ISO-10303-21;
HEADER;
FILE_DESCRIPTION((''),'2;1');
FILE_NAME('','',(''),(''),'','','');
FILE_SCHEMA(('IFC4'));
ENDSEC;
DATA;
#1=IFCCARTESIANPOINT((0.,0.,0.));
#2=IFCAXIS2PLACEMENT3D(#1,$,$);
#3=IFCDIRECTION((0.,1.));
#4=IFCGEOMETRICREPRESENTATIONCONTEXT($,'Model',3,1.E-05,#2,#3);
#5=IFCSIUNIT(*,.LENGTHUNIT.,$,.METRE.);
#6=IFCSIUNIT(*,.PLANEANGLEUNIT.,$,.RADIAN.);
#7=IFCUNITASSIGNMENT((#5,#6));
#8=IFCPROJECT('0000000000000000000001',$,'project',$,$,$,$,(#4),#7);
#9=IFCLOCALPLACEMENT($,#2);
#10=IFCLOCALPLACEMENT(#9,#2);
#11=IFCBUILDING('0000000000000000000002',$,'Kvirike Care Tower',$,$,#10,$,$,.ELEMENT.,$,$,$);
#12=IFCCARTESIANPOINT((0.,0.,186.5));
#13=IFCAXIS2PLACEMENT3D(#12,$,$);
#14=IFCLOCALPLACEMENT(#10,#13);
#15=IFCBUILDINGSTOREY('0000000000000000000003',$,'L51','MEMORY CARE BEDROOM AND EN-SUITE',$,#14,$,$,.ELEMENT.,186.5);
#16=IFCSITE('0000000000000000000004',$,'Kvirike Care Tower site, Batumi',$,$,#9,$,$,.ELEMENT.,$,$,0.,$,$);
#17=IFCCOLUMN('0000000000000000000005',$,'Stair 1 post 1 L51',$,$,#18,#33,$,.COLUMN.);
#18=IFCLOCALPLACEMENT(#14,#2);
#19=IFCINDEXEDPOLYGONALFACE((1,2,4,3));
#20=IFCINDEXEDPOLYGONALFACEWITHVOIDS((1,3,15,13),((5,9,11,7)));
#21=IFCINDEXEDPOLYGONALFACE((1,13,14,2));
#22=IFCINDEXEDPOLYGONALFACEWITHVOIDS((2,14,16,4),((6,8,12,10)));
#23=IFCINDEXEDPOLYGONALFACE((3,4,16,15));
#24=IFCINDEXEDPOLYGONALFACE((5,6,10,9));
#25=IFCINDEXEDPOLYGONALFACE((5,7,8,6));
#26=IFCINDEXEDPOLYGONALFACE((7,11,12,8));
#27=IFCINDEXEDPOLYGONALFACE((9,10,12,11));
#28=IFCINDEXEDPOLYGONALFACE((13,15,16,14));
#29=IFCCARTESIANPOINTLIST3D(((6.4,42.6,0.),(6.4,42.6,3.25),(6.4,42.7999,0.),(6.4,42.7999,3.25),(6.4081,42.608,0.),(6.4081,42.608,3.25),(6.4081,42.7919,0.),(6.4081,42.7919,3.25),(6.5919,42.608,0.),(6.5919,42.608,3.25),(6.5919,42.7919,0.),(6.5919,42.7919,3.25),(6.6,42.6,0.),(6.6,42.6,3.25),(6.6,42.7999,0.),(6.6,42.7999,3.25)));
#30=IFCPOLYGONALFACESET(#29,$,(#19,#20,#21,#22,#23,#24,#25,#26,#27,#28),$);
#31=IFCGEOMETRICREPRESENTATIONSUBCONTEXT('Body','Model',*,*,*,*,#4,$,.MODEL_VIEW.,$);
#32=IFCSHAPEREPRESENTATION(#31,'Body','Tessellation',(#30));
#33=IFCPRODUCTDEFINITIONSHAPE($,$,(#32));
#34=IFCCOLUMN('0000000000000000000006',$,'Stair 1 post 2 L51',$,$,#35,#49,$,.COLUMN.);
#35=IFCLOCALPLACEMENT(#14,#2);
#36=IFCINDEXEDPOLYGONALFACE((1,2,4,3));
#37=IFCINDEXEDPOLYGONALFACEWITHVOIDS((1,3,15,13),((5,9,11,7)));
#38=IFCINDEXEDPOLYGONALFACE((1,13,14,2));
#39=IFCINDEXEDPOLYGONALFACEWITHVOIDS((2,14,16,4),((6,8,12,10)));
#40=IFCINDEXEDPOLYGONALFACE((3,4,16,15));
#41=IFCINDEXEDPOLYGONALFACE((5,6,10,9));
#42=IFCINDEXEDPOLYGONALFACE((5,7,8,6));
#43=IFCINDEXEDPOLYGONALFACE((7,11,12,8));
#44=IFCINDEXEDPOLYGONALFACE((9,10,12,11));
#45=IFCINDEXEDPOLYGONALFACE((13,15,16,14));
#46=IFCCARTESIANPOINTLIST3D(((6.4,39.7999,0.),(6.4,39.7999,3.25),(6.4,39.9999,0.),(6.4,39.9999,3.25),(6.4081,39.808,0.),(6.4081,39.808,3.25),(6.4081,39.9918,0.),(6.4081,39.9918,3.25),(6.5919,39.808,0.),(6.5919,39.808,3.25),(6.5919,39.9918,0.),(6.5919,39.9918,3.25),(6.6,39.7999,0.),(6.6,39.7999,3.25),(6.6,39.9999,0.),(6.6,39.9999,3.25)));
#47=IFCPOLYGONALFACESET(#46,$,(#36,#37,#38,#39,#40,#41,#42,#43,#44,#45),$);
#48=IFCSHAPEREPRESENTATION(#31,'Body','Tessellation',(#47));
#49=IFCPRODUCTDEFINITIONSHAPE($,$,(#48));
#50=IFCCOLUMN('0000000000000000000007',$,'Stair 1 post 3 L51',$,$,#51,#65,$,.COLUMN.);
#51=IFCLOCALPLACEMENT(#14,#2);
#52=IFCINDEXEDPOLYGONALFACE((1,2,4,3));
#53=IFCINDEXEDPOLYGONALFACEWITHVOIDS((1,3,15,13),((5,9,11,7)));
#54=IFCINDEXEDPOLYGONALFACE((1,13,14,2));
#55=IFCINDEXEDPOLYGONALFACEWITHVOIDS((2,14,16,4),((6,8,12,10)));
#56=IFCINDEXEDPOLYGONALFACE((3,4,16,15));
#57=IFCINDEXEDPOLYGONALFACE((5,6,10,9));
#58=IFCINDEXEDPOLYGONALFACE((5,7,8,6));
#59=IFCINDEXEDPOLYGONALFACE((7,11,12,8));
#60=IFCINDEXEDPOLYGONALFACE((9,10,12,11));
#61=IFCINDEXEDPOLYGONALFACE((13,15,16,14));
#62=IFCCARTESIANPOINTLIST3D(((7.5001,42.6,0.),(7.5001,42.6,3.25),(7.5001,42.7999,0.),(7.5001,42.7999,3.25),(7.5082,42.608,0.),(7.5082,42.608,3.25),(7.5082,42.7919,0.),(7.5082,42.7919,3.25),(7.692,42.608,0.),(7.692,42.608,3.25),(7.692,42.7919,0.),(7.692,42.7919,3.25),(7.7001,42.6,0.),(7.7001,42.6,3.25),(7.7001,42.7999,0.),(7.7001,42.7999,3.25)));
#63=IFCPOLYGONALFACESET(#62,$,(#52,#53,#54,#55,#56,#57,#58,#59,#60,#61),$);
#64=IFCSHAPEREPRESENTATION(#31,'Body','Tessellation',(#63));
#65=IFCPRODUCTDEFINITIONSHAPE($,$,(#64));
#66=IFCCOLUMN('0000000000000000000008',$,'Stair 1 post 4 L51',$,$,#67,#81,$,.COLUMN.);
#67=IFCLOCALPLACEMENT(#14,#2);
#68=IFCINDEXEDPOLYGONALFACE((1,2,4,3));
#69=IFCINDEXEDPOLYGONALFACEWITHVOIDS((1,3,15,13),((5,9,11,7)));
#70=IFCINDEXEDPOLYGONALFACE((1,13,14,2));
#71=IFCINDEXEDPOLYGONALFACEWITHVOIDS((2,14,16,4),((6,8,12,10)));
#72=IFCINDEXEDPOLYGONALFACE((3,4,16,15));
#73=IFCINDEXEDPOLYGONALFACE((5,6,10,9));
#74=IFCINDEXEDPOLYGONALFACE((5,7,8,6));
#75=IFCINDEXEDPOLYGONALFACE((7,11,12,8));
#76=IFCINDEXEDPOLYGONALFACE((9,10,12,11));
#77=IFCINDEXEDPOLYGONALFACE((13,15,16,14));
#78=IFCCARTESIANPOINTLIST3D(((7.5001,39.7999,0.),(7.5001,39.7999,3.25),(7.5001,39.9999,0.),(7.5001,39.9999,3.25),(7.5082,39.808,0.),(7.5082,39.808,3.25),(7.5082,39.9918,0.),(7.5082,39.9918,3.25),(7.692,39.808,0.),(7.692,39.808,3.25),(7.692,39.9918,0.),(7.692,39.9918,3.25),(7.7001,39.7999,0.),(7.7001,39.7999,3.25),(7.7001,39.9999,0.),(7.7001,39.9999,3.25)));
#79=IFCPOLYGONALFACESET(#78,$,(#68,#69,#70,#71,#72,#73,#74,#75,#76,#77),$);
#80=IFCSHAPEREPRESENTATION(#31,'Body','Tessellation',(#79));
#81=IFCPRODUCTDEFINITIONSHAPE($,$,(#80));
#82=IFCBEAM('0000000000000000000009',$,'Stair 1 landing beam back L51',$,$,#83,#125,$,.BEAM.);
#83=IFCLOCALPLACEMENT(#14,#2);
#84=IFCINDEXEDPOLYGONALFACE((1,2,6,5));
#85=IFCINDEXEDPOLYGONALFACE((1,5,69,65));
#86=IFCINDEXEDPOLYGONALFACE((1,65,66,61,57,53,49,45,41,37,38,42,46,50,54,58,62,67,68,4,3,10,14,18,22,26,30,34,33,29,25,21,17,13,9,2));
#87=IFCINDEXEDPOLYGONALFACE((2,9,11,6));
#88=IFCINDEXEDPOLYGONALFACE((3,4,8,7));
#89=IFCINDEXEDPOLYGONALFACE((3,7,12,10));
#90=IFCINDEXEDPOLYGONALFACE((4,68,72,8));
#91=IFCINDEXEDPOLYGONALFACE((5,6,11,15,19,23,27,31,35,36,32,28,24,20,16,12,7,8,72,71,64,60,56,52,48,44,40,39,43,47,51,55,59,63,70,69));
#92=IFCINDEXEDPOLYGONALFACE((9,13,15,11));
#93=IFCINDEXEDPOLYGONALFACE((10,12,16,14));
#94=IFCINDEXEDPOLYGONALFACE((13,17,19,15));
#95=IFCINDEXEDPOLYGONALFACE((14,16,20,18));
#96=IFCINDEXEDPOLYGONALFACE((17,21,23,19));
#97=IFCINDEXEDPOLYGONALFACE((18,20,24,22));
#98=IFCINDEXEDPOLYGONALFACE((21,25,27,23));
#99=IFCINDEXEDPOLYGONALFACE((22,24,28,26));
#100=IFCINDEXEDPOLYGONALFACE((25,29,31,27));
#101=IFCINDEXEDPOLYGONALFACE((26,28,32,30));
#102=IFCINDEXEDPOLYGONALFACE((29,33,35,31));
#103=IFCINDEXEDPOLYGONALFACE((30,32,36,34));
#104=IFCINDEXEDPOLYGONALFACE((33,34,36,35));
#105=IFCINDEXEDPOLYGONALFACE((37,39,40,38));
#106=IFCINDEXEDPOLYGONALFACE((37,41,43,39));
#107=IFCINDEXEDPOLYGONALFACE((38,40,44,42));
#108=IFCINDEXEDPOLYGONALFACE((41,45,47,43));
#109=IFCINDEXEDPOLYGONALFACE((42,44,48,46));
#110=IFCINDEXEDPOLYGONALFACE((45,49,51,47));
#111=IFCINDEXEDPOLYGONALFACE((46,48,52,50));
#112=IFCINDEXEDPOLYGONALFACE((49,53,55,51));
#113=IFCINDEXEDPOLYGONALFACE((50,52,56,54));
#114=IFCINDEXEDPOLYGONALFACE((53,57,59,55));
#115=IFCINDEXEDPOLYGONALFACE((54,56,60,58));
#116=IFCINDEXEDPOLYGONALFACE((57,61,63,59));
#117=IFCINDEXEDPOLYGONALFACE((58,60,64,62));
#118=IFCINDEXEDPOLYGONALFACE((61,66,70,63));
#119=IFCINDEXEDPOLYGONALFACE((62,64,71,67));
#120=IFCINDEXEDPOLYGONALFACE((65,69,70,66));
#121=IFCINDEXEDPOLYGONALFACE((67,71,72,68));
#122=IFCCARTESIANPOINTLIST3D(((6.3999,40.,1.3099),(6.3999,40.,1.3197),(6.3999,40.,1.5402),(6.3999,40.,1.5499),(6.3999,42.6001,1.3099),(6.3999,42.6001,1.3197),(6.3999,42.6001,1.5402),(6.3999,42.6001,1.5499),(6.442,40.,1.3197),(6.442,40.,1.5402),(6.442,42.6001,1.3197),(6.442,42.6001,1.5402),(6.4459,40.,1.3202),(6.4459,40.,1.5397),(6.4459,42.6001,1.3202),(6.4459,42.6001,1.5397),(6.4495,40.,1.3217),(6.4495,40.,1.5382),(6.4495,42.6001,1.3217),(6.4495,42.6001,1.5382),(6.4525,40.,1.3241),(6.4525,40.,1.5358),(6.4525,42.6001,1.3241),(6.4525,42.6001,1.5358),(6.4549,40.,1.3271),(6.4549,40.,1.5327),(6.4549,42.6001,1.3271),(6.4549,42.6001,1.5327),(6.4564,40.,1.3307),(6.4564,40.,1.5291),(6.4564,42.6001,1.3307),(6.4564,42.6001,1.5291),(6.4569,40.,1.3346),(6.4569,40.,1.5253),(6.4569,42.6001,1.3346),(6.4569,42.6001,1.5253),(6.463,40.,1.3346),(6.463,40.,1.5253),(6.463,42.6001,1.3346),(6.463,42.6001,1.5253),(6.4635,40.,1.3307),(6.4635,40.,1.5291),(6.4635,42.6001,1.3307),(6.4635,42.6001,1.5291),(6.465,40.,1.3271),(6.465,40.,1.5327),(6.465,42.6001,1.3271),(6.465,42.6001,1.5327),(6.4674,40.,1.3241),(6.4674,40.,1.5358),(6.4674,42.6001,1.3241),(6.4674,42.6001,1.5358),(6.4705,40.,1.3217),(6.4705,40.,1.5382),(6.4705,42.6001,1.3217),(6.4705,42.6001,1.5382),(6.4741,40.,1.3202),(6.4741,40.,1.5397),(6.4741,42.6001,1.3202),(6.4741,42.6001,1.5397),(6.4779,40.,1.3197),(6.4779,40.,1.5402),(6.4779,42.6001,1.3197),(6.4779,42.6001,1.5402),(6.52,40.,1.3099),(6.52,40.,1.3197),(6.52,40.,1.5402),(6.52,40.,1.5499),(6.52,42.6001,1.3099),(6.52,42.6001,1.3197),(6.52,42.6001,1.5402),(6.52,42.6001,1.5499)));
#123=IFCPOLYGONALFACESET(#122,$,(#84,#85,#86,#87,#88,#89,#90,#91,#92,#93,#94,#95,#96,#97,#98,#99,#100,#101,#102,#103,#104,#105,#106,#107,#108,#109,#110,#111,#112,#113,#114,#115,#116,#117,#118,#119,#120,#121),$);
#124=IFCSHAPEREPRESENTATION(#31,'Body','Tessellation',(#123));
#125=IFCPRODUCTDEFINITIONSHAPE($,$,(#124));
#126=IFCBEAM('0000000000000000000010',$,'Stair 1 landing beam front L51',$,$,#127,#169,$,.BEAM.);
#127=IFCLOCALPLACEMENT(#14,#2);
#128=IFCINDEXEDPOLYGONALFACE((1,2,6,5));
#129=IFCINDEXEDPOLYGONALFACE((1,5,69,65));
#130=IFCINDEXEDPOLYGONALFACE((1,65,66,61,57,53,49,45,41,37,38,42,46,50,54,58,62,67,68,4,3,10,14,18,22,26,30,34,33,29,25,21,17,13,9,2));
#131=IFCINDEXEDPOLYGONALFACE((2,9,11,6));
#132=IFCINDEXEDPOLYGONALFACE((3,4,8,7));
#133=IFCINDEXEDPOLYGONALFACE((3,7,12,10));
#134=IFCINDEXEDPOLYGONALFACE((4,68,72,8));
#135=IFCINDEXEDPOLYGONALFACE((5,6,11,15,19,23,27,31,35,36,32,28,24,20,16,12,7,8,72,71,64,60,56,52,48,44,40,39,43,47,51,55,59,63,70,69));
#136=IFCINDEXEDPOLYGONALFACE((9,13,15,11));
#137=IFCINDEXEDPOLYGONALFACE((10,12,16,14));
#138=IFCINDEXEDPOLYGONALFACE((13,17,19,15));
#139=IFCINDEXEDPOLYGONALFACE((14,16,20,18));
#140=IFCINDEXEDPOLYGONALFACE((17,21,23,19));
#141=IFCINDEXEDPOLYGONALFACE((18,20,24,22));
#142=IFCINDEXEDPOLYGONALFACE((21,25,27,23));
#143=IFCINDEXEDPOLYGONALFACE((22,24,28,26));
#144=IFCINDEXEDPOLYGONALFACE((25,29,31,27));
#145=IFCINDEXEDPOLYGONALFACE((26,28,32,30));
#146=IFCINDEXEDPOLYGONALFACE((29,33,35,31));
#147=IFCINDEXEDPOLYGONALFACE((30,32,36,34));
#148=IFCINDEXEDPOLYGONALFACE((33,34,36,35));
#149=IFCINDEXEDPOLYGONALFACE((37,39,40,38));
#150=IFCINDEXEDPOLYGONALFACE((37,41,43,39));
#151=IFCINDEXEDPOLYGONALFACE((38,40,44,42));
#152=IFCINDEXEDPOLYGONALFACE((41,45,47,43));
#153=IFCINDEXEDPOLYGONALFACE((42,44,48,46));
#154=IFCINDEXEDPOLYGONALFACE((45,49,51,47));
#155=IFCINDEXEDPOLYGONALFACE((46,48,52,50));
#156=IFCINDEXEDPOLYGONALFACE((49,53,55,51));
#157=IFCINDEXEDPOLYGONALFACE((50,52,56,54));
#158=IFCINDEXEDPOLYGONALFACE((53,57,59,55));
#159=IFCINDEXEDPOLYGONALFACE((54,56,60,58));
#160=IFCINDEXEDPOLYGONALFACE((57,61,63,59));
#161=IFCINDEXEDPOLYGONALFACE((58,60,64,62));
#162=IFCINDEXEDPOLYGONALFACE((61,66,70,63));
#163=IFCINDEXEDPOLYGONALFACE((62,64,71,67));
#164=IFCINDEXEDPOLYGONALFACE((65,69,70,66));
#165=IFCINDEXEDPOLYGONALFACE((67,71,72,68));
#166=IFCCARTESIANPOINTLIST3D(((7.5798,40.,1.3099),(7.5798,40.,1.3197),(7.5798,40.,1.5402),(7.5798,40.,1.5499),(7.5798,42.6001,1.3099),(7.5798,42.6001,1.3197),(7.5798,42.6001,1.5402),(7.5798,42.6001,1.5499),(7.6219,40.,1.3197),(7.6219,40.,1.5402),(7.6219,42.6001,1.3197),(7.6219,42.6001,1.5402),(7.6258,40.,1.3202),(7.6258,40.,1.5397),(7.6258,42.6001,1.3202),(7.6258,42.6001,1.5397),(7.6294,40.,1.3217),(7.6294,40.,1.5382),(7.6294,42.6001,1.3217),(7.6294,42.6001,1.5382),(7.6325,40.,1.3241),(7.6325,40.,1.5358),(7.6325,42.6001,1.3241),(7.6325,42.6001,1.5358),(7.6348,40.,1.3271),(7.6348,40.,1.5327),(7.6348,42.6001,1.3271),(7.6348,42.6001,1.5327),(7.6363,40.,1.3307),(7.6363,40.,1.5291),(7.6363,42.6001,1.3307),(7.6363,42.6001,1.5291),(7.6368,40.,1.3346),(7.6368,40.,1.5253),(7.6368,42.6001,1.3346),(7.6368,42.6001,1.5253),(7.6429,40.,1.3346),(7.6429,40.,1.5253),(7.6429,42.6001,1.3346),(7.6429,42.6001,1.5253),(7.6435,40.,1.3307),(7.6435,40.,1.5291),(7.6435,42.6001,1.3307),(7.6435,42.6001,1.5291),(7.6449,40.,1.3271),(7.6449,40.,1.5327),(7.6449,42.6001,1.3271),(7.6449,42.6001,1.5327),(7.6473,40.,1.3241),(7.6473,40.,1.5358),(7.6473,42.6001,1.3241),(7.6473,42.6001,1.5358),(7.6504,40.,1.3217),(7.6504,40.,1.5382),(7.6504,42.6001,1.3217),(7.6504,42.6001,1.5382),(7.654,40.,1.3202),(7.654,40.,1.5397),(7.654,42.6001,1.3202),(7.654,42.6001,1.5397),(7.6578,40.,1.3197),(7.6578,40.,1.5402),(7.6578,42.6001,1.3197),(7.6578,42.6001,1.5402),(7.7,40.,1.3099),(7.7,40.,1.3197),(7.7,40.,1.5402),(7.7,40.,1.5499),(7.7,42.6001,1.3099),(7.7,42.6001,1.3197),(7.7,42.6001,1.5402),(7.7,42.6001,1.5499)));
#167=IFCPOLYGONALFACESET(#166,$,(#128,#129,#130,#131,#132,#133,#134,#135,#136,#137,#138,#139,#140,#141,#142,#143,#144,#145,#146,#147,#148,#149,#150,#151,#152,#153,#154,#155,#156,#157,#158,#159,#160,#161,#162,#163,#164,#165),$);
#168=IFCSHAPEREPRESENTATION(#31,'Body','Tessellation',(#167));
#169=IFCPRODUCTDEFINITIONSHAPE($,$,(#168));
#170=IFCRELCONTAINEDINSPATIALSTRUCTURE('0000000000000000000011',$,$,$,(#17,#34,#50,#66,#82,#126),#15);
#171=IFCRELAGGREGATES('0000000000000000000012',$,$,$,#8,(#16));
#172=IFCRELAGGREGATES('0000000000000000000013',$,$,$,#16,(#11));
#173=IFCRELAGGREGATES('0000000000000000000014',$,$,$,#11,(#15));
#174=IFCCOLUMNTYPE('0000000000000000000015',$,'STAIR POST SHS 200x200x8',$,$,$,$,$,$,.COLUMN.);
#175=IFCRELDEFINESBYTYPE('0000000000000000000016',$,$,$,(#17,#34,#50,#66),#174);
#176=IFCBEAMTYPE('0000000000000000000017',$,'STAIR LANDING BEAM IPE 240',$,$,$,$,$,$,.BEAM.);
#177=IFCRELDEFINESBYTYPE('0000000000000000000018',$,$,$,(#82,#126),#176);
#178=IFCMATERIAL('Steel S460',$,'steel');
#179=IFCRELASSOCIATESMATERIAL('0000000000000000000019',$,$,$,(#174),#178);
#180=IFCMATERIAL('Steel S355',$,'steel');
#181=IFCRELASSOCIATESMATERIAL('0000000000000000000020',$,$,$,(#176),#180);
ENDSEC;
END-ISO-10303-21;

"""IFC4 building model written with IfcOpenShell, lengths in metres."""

from ifc_helpers import new_model, si_unit, direction, frame, origin, origin_2d, place, context, subcontext, project, spatial, hollow_rectangle, i_section, extrude, material, material_profile, profile_set, type_object, element, save


model = new_model("IFC4")

# Units and contexts
model_context = context("Model", 3, precision=1e-05, world=origin(), true_north=direction((0.0, 1.0)))
body_context = subcontext(model_context, "Body", "Model", "MODEL_VIEW")
ifc_project = project(units=[si_unit("LENGTHUNIT", "METRE"), si_unit("PLANEANGLEUNIT", "RADIAN")], contexts=[model_context])

# Site, building, storey
site_placement = place(None, origin())
site = spatial("IfcSite", under=ifc_project, at=site_placement, Name="Kvirike Care Tower site, Batumi", CompositionType="ELEMENT", RefElevation=0.0)
building_placement = place(site_placement, origin())
building = spatial("IfcBuilding", under=site, at=building_placement, Name="Kvirike Care Tower", CompositionType="ELEMENT")
storey_placement = place(building_placement, frame((0.0, 0.0, 186.5)))
storey = spatial("IfcBuildingStorey", under=building, at=storey_placement, Name="L51", Description="MEMORY CARE BEDROOM AND EN-SUITE", CompositionType="ELEMENT", Elevation=186.5)

# Columns
ifc_material_1 = material(Name="Steel S460", Category="steel")
ifc_material_profile_1 = material_profile(ifc_material_1, hollow_rectangle(XDim=0.2, YDim=0.2, WallThickness=0.0081, at=origin_2d()), Name="SHS 200x200x8")
ifc_profile_set_1 = profile_set([ifc_material_profile_1], Name="Steel S460")
column_type = type_object("IfcColumnType", Name="STAIR POST SHS 200x200x8", PredefinedType="COLUMN", material=ifc_profile_set_1)
for number, where, z_axis, x_axis, name in (
    (1, (6.5, 42.7, 0.0), (0.0, 0.0, 1.0), (1.0, 0.0, 0.0), "Stair 1 post 1 L51"),
    (2, (6.5, 39.8999, 0.0), (0.0, 0.0, 1.0), (1.0, 0.0, 0.0), "Stair 1 post 2 L51"),
    (3, (7.6001, 42.7, 0.0), (0.0, 0.0, 1.0), (1.0, 0.0, 0.0), "Stair 1 post 3 L51"),
    (4, (7.6001, 39.8999, 0.0), (0.0, 0.0, 1.0), (1.0, 0.0, 0.0), "Stair 1 post 4 L51"),
):
    element("IfcColumn", number, at=place(storey_placement, frame(where, z_axis=z_axis, x_axis=x_axis)), inside=storey, type_object=column_type, Name=name, PredefinedType="COLUMN", context=body_context, shape_type="SweptSolid", body=[
        extrude(hollow_rectangle(XDim=0.2, YDim=0.2, WallThickness=0.0081, at=origin_2d()), origin(), (0.0, 0.0, 1.0), 3.25),
    ])

# Beams
ifc_material_2 = material(Name="Steel S355", Category="steel")
ifc_material_profile_2 = material_profile(ifc_material_2, i_section(OverallWidth=0.1201, OverallDepth=0.24, WebThickness=0.0061, FlangeThickness=0.0098, FilletRadius=0.0149, at=origin_2d()), Name="IPE 240")
ifc_profile_set_2 = profile_set([ifc_material_profile_2], Name="Steel S355")
beam_type = type_object("IfcBeamType", Name="STAIR LANDING BEAM IPE 240", PredefinedType="BEAM", material=ifc_profile_set_2)
for number, where, z_axis, x_axis, name in (
    (5, (6.46, 42.6001, 1.4299), (0.0, -1.0, 0.0), (1.0, 0.0, 0.0), "Stair 1 landing beam back L51"),
    (6, (7.6399, 42.6001, 1.4299), (0.0, -1.0, 0.0), (1.0, 0.0, 0.0), "Stair 1 landing beam front L51"),
):
    element("IfcBeam", number, at=place(storey_placement, frame(where, z_axis=z_axis, x_axis=x_axis)), inside=storey, type_object=beam_type, Name=name, PredefinedType="BEAM", context=body_context, shape_type="SweptSolid", body=[
        extrude(i_section(OverallWidth=0.1201, OverallDepth=0.24, WebThickness=0.0061, FlangeThickness=0.0098, FilletRadius=0.0149, at=origin_2d()), origin(), (0.0, 0.0, 1.0), 2.6001),
    ])

save(model, "model.ifc")
